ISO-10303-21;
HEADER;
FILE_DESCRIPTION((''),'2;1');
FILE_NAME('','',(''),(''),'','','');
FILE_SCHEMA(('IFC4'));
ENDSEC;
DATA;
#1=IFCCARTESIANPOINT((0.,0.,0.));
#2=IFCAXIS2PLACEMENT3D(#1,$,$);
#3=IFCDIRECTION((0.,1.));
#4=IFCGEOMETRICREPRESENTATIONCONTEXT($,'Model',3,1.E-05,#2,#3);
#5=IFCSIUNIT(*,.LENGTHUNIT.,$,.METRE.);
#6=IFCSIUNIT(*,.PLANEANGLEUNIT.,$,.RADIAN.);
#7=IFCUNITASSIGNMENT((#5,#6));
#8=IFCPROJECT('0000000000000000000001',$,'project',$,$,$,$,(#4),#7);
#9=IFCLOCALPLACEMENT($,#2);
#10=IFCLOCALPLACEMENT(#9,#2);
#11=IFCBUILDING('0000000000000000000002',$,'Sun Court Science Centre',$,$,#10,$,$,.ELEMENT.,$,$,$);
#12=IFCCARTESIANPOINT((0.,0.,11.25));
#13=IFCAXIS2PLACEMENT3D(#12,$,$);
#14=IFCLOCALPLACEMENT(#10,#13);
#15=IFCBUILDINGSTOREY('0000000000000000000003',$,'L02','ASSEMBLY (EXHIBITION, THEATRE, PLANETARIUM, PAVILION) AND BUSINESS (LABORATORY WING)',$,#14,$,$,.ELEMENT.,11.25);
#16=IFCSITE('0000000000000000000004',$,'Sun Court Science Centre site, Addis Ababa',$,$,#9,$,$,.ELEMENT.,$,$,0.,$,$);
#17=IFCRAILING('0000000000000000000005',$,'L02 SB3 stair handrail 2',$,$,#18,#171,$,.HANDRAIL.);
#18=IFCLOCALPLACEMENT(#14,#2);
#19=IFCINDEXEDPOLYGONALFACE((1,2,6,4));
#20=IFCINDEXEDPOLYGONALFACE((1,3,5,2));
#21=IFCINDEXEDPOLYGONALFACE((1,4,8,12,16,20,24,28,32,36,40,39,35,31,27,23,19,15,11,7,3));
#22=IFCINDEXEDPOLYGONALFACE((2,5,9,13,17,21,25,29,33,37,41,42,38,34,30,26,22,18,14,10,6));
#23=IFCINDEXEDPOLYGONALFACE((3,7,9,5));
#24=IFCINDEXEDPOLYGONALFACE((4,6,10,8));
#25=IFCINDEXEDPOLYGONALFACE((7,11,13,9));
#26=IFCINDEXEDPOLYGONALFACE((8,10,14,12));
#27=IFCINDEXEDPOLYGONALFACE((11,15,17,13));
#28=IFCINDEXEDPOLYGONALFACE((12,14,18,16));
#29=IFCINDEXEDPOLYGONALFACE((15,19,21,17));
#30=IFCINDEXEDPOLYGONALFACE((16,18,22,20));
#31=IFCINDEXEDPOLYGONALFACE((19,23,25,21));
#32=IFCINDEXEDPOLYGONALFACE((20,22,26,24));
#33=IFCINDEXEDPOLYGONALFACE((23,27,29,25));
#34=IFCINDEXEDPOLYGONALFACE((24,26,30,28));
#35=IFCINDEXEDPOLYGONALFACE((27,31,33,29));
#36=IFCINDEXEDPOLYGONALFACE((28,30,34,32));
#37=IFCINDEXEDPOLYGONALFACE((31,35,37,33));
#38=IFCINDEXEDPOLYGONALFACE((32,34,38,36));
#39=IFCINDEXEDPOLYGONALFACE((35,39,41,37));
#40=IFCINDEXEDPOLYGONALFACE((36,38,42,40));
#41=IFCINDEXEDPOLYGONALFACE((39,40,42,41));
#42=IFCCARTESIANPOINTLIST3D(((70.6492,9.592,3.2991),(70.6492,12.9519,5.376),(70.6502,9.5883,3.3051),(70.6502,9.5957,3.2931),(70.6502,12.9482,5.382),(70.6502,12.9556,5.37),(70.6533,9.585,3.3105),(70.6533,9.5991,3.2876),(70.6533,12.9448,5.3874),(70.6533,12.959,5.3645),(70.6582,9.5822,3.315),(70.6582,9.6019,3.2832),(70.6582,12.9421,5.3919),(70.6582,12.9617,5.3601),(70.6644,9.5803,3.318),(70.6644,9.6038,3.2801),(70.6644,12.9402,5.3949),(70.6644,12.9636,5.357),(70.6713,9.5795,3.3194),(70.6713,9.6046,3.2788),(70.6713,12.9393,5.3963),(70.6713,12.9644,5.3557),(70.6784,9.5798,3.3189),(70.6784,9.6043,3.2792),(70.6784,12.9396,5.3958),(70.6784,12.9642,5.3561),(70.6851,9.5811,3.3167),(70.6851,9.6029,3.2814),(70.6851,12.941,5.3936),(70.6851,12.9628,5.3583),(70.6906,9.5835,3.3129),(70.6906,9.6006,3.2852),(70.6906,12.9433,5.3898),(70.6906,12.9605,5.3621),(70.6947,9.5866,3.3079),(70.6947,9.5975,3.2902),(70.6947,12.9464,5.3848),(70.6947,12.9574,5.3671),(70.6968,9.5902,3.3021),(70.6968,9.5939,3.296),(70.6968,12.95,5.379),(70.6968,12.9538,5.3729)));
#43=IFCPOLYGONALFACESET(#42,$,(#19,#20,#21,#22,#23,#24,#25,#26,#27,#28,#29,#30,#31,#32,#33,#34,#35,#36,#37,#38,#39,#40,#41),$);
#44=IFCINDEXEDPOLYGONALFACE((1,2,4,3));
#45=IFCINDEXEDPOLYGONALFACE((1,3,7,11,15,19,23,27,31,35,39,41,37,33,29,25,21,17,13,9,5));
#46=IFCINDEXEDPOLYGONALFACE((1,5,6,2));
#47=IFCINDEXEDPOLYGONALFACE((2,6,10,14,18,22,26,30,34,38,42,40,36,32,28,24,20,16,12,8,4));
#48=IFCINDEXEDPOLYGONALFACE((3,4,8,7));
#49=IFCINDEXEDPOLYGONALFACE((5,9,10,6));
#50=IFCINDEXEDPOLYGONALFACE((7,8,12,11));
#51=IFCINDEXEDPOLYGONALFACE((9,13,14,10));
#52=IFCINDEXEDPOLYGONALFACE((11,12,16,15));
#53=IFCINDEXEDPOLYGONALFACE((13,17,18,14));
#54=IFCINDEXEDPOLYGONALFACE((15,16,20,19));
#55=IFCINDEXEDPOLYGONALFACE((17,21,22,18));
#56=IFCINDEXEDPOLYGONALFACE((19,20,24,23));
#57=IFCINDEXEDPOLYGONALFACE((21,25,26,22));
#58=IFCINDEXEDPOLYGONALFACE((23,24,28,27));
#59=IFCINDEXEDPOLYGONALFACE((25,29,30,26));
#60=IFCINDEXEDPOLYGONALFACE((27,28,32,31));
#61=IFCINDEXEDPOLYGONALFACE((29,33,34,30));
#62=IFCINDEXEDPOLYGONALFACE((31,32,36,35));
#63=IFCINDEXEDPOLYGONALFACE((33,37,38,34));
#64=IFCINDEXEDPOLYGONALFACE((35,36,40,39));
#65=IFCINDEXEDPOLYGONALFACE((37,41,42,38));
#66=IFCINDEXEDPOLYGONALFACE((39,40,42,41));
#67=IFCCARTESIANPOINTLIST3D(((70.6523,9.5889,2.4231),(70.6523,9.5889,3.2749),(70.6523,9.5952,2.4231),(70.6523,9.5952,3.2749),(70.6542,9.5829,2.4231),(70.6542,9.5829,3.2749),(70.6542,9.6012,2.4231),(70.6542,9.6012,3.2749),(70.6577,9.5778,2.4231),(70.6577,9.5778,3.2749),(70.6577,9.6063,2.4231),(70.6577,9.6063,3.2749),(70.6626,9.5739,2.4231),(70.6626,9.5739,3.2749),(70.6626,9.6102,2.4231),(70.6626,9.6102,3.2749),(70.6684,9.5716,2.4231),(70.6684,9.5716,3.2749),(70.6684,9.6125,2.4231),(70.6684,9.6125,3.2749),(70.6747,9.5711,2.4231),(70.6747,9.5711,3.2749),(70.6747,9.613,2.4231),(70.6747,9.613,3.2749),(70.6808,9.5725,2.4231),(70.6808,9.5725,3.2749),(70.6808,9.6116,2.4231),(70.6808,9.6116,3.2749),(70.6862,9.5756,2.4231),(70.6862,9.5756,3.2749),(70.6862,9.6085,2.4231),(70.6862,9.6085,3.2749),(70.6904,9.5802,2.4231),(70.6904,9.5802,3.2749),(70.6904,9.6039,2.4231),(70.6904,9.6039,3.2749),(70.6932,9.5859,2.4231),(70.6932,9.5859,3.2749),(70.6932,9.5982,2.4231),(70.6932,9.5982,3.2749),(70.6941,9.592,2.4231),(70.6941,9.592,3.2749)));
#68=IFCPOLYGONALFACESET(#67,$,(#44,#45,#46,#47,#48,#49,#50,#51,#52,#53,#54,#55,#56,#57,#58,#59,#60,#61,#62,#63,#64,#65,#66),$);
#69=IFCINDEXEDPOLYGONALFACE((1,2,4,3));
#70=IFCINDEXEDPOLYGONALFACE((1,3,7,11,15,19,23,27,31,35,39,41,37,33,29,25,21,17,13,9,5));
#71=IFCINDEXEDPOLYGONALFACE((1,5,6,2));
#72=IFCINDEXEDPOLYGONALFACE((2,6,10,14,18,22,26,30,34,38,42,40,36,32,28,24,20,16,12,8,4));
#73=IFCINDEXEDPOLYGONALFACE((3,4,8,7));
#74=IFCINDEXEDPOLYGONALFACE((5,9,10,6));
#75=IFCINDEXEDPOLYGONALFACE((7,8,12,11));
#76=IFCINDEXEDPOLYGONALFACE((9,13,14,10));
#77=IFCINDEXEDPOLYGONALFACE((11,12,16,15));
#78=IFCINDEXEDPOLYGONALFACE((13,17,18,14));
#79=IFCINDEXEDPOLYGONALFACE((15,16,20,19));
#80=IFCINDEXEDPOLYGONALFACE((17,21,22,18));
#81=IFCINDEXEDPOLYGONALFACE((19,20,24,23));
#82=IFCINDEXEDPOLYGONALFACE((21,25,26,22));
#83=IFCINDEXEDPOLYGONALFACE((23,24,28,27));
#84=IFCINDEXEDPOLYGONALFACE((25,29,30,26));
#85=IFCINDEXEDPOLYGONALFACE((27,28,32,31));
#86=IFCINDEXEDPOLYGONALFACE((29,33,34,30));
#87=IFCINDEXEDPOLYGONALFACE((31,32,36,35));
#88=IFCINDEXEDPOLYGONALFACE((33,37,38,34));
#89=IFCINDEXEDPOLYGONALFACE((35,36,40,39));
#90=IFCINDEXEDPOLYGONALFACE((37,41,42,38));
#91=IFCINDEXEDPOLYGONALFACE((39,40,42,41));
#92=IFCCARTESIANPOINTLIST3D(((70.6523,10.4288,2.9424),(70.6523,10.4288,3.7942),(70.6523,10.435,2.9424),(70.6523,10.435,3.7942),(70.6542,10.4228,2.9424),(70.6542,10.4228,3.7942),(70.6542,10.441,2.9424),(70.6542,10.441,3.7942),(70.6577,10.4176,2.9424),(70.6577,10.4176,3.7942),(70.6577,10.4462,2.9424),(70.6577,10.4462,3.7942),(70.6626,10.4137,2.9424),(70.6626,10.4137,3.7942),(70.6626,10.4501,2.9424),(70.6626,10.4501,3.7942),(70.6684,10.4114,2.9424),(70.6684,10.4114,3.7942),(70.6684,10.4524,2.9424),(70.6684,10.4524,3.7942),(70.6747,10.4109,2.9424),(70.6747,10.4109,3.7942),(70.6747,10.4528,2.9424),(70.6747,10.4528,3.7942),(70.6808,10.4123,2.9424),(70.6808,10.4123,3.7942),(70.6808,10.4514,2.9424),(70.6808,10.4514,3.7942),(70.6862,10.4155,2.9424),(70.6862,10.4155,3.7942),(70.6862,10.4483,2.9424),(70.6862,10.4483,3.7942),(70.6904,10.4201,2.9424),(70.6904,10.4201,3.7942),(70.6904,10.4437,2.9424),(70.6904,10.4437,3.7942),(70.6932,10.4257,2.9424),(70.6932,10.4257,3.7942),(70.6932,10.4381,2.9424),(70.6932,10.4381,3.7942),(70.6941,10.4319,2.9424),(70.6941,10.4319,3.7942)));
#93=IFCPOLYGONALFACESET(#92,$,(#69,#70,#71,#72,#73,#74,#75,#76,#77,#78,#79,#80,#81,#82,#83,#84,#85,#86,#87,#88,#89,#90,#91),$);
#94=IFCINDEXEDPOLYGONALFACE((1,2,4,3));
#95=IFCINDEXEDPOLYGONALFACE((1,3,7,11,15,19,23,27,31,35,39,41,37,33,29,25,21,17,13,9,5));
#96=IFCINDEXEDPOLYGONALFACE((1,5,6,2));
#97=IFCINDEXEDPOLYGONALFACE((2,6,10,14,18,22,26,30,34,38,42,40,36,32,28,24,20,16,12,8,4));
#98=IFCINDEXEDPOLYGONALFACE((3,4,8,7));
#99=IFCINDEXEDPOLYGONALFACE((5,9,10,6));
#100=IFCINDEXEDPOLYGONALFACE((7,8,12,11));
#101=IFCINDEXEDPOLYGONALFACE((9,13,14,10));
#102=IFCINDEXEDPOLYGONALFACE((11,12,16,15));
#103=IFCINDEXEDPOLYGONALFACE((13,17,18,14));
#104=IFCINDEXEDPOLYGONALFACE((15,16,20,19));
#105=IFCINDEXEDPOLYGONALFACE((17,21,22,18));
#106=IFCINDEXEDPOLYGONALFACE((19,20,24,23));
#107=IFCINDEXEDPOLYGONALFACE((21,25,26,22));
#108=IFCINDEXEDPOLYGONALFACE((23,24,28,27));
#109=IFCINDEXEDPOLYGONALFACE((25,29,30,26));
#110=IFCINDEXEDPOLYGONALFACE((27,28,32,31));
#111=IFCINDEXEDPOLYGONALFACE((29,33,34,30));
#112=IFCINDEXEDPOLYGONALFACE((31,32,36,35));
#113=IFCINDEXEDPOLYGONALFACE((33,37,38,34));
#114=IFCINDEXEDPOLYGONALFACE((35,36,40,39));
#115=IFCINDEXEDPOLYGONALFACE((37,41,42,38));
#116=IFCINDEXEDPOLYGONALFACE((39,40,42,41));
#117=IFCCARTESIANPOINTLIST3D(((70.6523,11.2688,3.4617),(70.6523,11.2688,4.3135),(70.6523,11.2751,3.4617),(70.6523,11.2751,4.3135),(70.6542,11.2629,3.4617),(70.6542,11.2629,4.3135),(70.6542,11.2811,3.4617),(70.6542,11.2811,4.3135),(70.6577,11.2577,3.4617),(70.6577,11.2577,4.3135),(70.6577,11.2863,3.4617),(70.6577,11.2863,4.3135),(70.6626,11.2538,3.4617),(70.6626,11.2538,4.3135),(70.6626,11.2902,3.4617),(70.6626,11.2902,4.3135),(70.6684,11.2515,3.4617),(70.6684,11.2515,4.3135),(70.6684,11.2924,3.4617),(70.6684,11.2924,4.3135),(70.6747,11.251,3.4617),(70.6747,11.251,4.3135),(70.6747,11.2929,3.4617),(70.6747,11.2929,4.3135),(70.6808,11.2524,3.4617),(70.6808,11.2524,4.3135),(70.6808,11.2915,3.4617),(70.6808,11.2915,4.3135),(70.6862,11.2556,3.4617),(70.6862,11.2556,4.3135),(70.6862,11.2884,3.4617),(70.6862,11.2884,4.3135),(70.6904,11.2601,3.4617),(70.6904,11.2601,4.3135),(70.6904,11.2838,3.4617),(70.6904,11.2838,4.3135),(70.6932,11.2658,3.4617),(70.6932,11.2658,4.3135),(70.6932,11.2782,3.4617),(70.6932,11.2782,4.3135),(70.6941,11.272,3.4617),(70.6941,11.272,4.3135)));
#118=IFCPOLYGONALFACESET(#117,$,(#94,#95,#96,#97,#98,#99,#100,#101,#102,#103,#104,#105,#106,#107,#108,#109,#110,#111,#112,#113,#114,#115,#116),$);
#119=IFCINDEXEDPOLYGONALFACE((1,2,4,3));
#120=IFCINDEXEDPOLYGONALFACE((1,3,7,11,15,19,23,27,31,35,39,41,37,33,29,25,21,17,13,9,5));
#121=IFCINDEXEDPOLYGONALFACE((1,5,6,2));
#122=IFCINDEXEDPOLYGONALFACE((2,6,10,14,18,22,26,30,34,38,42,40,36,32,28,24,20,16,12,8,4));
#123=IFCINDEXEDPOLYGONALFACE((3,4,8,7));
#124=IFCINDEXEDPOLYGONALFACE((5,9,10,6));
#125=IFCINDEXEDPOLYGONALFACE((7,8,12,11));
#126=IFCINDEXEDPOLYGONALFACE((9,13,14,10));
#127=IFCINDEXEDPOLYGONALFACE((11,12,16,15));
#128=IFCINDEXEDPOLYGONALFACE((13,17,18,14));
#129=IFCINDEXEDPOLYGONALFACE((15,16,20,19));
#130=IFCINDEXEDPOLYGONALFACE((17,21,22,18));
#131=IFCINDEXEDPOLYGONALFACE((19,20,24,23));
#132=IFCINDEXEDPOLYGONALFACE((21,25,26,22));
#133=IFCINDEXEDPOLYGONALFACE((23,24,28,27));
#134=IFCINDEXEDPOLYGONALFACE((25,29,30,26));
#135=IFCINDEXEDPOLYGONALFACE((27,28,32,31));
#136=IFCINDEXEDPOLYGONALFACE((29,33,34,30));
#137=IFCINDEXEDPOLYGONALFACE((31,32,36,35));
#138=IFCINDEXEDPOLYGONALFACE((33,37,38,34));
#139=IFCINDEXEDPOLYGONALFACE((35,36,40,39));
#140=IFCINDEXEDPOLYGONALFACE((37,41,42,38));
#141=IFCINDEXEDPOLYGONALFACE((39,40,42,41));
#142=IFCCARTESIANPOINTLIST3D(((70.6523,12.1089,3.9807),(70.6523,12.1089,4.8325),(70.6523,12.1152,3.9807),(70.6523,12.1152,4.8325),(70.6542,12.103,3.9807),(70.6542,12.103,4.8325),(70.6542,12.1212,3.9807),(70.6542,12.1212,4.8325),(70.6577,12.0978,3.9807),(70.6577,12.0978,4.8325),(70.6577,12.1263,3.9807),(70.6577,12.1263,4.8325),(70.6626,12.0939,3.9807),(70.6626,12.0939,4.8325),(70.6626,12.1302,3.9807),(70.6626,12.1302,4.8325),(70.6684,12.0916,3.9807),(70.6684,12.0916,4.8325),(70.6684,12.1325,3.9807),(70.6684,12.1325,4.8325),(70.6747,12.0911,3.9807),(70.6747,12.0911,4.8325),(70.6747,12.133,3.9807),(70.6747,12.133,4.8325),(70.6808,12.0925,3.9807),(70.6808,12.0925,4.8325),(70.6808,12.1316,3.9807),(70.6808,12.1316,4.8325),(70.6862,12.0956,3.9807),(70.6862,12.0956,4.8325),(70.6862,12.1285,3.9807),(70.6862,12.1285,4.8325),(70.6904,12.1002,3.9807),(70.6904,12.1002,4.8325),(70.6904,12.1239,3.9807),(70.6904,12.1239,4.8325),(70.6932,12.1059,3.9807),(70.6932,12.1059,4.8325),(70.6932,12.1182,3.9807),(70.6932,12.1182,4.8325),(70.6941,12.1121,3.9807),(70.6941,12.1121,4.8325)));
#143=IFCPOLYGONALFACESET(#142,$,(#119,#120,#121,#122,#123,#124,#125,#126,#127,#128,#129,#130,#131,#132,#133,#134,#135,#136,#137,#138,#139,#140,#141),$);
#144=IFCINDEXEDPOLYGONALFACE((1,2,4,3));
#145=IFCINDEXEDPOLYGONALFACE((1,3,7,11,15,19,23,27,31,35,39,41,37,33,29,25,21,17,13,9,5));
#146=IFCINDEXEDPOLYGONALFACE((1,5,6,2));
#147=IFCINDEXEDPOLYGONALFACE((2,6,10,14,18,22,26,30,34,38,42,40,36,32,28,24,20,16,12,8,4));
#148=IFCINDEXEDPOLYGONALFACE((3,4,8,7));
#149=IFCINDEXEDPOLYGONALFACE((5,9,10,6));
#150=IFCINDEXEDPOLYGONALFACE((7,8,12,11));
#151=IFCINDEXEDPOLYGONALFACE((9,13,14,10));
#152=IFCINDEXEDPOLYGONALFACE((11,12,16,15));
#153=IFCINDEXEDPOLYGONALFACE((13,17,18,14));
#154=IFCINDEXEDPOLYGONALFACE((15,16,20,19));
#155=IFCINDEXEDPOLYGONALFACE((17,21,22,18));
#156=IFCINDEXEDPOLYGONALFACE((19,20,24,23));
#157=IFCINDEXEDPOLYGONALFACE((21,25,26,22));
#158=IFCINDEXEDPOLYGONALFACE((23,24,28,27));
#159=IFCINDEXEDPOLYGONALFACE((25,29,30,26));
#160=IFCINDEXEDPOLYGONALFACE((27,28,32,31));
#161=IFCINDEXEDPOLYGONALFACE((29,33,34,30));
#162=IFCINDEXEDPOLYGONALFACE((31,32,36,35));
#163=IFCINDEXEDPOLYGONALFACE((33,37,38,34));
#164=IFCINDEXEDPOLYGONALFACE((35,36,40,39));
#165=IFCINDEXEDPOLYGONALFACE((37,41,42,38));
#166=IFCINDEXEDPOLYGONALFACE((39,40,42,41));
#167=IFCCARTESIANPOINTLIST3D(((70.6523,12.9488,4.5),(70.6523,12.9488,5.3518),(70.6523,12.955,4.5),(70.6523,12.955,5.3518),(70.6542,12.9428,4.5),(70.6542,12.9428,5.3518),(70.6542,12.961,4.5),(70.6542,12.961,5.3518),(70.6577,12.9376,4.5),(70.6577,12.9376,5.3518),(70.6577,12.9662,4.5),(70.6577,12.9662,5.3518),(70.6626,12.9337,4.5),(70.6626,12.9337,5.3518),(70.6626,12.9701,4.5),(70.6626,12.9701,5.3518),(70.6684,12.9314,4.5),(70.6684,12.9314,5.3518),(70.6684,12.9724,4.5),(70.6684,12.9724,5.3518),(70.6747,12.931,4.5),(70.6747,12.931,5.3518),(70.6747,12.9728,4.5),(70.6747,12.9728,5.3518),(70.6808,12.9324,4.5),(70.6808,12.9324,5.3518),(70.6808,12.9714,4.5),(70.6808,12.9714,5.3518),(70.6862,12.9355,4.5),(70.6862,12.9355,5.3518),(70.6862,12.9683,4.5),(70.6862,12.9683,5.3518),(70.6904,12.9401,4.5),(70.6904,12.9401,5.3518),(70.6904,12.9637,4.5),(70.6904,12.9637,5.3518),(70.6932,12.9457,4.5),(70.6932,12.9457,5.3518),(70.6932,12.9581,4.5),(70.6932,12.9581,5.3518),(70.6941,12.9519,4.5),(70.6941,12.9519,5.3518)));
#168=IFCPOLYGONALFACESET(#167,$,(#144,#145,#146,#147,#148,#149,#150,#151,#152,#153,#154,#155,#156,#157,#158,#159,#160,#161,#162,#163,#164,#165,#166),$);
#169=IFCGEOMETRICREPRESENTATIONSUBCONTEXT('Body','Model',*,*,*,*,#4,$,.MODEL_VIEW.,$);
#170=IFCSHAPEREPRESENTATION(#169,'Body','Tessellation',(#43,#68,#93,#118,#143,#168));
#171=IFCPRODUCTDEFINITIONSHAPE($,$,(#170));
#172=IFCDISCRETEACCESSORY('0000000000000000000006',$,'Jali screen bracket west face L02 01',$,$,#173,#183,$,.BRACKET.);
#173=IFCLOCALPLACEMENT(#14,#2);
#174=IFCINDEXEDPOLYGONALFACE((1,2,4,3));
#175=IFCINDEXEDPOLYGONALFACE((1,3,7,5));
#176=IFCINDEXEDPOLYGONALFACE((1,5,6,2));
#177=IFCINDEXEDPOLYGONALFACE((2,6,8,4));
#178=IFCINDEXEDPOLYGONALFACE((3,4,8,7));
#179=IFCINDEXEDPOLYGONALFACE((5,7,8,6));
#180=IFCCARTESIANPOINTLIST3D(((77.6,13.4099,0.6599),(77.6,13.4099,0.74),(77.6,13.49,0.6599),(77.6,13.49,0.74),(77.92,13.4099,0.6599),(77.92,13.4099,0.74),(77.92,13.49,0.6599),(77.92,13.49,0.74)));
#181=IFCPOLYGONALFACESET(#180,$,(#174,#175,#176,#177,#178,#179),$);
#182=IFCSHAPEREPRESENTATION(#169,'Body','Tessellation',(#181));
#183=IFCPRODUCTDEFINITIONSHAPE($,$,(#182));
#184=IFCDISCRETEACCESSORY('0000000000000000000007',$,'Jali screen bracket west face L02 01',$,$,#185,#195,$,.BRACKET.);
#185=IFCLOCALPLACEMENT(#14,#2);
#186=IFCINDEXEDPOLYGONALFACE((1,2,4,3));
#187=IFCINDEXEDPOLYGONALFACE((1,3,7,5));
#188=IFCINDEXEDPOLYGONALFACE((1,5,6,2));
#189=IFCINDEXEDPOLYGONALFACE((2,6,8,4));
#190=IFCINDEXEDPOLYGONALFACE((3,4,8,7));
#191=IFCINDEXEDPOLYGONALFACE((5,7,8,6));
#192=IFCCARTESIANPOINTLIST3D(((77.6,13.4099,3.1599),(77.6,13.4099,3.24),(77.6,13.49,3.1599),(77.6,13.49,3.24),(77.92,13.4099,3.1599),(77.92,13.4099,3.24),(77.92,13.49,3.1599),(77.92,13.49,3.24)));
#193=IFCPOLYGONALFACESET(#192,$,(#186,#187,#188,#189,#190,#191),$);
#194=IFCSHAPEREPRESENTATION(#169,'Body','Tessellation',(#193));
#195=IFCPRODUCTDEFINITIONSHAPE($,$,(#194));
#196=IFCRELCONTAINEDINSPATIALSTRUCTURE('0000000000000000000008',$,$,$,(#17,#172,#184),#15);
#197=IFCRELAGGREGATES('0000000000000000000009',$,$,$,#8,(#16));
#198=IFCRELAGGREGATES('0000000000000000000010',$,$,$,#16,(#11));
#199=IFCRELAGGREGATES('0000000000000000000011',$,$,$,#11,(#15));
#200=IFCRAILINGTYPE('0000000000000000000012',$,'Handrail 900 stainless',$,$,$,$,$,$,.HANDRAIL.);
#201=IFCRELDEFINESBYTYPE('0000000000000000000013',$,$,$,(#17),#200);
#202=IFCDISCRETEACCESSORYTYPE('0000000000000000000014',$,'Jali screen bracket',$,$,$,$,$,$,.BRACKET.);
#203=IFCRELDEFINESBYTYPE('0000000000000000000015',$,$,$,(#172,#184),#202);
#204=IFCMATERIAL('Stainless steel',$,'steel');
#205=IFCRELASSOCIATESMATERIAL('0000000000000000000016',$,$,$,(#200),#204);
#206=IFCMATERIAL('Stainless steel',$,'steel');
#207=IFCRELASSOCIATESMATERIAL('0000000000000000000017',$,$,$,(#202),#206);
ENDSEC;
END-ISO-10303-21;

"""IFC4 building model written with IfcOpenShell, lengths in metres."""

from ifc_helpers import new_model, si_unit, direction, frame, origin, origin_2d, place, context, subcontext, project, spatial, rectangle, circle, extrude, material, type_object, element, save


model = new_model("IFC4")

# Units and contexts
model_context = context("Model", 3, precision=1e-05, world=origin(), true_north=direction((0.0, 1.0)))
body_context = subcontext(model_context, "Body", "Model", "MODEL_VIEW")
ifc_project = project(units=[si_unit("LENGTHUNIT", "METRE"), si_unit("PLANEANGLEUNIT", "RADIAN")], contexts=[model_context])

# Site, building, storey
site_placement = place(None, origin())
site = spatial("IfcSite", under=ifc_project, at=site_placement, Name="Sun Court Science Centre site, Addis Ababa", CompositionType="ELEMENT", RefElevation=0.0)
building_placement = place(site_placement, origin())
building = spatial("IfcBuilding", under=site, at=building_placement, Name="Sun Court Science Centre", CompositionType="ELEMENT")
storey_placement = place(building_placement, frame((0.0, 0.0, 11.25)))
storey = spatial("IfcBuildingStorey", under=building, at=storey_placement, Name="L02", Description="ASSEMBLY (EXHIBITION, THEATRE, PLANETARIUM, PAVILION) AND BUSINESS (LABORATORY WING)", CompositionType="ELEMENT", Elevation=11.25)

# Railing
ifc_material_1 = material(Name="Stainless steel", Category="steel")
railing_type_1 = type_object("IfcRailingType", Name="Handrail 900 stainless", PredefinedType="HANDRAIL", material=ifc_material_1)
railing_1_placement = place(storey_placement, frame((70.6731, 9.592, 2.4231)))
element("IfcRailing", 1, at=railing_1_placement, inside=storey, type_object=railing_type_1, Name="L02 SB3 stair handrail 2", PredefinedType="HANDRAIL", context=body_context, shape_type="SweptSolid", body=[
    extrude(circle(Radius=0.0239, at=origin_2d()), frame((0.0, 0.0, 0.876), z_axis=(0.0, 0.850606, 0.525803), x_axis=(-1.0, 0.0, 0.0)), (0.0, 0.0, 1.0), 3.95),
    extrude(circle(Radius=0.021, at=origin_2d()), origin(), (0.0, 0.0, 1.0), 0.8518),
    extrude(circle(Radius=0.021, at=origin_2d()), frame((0.0, 0.8398, 0.5193)), (0.0, 0.0, 1.0), 0.8518),
    extrude(circle(Radius=0.021, at=origin_2d()), frame((0.0, 1.6799, 1.0386)), (0.0, 0.0, 1.0), 0.8518),
    extrude(circle(Radius=0.021, at=origin_2d()), frame((0.0, 2.52, 1.5576)), (0.0, 0.0, 1.0), 0.8518),
    extrude(circle(Radius=0.021, at=origin_2d()), frame((0.0, 3.3599, 2.0769)), (0.0, 0.0, 1.0), 0.8518),
])

# Discrete accessories
ifc_material_2 = material(Name="Stainless steel", Category="steel")
discrete_accessory_type = type_object("IfcDiscreteAccessoryType", Name="Jali screen bracket", PredefinedType="BRACKET", material=ifc_material_2)
for number, where, z_axis, x_axis, name in (
    (2, (77.76, 13.45, 0.6599), (0.0, 0.0, 1.0), (0.0, 1.0, 0.0), "Jali screen bracket west face L02 01"),
    (3, (77.76, 13.45, 3.1599), (0.0, 0.0, 1.0), (0.0, 1.0, 0.0), "Jali screen bracket west face L02 01"),
):
    element("IfcDiscreteAccessory", number, at=place(storey_placement, frame(where, z_axis=z_axis, x_axis=x_axis)), inside=storey, type_object=discrete_accessory_type, Name=name, PredefinedType="BRACKET", context=body_context, shape_type="SweptSolid", body=[
        extrude(rectangle(XDim=0.0801, YDim=0.3201, at=origin_2d()), origin(), (0.0, 0.0, 1.0), 0.0801),
    ])

save(model, "model.ifc")
